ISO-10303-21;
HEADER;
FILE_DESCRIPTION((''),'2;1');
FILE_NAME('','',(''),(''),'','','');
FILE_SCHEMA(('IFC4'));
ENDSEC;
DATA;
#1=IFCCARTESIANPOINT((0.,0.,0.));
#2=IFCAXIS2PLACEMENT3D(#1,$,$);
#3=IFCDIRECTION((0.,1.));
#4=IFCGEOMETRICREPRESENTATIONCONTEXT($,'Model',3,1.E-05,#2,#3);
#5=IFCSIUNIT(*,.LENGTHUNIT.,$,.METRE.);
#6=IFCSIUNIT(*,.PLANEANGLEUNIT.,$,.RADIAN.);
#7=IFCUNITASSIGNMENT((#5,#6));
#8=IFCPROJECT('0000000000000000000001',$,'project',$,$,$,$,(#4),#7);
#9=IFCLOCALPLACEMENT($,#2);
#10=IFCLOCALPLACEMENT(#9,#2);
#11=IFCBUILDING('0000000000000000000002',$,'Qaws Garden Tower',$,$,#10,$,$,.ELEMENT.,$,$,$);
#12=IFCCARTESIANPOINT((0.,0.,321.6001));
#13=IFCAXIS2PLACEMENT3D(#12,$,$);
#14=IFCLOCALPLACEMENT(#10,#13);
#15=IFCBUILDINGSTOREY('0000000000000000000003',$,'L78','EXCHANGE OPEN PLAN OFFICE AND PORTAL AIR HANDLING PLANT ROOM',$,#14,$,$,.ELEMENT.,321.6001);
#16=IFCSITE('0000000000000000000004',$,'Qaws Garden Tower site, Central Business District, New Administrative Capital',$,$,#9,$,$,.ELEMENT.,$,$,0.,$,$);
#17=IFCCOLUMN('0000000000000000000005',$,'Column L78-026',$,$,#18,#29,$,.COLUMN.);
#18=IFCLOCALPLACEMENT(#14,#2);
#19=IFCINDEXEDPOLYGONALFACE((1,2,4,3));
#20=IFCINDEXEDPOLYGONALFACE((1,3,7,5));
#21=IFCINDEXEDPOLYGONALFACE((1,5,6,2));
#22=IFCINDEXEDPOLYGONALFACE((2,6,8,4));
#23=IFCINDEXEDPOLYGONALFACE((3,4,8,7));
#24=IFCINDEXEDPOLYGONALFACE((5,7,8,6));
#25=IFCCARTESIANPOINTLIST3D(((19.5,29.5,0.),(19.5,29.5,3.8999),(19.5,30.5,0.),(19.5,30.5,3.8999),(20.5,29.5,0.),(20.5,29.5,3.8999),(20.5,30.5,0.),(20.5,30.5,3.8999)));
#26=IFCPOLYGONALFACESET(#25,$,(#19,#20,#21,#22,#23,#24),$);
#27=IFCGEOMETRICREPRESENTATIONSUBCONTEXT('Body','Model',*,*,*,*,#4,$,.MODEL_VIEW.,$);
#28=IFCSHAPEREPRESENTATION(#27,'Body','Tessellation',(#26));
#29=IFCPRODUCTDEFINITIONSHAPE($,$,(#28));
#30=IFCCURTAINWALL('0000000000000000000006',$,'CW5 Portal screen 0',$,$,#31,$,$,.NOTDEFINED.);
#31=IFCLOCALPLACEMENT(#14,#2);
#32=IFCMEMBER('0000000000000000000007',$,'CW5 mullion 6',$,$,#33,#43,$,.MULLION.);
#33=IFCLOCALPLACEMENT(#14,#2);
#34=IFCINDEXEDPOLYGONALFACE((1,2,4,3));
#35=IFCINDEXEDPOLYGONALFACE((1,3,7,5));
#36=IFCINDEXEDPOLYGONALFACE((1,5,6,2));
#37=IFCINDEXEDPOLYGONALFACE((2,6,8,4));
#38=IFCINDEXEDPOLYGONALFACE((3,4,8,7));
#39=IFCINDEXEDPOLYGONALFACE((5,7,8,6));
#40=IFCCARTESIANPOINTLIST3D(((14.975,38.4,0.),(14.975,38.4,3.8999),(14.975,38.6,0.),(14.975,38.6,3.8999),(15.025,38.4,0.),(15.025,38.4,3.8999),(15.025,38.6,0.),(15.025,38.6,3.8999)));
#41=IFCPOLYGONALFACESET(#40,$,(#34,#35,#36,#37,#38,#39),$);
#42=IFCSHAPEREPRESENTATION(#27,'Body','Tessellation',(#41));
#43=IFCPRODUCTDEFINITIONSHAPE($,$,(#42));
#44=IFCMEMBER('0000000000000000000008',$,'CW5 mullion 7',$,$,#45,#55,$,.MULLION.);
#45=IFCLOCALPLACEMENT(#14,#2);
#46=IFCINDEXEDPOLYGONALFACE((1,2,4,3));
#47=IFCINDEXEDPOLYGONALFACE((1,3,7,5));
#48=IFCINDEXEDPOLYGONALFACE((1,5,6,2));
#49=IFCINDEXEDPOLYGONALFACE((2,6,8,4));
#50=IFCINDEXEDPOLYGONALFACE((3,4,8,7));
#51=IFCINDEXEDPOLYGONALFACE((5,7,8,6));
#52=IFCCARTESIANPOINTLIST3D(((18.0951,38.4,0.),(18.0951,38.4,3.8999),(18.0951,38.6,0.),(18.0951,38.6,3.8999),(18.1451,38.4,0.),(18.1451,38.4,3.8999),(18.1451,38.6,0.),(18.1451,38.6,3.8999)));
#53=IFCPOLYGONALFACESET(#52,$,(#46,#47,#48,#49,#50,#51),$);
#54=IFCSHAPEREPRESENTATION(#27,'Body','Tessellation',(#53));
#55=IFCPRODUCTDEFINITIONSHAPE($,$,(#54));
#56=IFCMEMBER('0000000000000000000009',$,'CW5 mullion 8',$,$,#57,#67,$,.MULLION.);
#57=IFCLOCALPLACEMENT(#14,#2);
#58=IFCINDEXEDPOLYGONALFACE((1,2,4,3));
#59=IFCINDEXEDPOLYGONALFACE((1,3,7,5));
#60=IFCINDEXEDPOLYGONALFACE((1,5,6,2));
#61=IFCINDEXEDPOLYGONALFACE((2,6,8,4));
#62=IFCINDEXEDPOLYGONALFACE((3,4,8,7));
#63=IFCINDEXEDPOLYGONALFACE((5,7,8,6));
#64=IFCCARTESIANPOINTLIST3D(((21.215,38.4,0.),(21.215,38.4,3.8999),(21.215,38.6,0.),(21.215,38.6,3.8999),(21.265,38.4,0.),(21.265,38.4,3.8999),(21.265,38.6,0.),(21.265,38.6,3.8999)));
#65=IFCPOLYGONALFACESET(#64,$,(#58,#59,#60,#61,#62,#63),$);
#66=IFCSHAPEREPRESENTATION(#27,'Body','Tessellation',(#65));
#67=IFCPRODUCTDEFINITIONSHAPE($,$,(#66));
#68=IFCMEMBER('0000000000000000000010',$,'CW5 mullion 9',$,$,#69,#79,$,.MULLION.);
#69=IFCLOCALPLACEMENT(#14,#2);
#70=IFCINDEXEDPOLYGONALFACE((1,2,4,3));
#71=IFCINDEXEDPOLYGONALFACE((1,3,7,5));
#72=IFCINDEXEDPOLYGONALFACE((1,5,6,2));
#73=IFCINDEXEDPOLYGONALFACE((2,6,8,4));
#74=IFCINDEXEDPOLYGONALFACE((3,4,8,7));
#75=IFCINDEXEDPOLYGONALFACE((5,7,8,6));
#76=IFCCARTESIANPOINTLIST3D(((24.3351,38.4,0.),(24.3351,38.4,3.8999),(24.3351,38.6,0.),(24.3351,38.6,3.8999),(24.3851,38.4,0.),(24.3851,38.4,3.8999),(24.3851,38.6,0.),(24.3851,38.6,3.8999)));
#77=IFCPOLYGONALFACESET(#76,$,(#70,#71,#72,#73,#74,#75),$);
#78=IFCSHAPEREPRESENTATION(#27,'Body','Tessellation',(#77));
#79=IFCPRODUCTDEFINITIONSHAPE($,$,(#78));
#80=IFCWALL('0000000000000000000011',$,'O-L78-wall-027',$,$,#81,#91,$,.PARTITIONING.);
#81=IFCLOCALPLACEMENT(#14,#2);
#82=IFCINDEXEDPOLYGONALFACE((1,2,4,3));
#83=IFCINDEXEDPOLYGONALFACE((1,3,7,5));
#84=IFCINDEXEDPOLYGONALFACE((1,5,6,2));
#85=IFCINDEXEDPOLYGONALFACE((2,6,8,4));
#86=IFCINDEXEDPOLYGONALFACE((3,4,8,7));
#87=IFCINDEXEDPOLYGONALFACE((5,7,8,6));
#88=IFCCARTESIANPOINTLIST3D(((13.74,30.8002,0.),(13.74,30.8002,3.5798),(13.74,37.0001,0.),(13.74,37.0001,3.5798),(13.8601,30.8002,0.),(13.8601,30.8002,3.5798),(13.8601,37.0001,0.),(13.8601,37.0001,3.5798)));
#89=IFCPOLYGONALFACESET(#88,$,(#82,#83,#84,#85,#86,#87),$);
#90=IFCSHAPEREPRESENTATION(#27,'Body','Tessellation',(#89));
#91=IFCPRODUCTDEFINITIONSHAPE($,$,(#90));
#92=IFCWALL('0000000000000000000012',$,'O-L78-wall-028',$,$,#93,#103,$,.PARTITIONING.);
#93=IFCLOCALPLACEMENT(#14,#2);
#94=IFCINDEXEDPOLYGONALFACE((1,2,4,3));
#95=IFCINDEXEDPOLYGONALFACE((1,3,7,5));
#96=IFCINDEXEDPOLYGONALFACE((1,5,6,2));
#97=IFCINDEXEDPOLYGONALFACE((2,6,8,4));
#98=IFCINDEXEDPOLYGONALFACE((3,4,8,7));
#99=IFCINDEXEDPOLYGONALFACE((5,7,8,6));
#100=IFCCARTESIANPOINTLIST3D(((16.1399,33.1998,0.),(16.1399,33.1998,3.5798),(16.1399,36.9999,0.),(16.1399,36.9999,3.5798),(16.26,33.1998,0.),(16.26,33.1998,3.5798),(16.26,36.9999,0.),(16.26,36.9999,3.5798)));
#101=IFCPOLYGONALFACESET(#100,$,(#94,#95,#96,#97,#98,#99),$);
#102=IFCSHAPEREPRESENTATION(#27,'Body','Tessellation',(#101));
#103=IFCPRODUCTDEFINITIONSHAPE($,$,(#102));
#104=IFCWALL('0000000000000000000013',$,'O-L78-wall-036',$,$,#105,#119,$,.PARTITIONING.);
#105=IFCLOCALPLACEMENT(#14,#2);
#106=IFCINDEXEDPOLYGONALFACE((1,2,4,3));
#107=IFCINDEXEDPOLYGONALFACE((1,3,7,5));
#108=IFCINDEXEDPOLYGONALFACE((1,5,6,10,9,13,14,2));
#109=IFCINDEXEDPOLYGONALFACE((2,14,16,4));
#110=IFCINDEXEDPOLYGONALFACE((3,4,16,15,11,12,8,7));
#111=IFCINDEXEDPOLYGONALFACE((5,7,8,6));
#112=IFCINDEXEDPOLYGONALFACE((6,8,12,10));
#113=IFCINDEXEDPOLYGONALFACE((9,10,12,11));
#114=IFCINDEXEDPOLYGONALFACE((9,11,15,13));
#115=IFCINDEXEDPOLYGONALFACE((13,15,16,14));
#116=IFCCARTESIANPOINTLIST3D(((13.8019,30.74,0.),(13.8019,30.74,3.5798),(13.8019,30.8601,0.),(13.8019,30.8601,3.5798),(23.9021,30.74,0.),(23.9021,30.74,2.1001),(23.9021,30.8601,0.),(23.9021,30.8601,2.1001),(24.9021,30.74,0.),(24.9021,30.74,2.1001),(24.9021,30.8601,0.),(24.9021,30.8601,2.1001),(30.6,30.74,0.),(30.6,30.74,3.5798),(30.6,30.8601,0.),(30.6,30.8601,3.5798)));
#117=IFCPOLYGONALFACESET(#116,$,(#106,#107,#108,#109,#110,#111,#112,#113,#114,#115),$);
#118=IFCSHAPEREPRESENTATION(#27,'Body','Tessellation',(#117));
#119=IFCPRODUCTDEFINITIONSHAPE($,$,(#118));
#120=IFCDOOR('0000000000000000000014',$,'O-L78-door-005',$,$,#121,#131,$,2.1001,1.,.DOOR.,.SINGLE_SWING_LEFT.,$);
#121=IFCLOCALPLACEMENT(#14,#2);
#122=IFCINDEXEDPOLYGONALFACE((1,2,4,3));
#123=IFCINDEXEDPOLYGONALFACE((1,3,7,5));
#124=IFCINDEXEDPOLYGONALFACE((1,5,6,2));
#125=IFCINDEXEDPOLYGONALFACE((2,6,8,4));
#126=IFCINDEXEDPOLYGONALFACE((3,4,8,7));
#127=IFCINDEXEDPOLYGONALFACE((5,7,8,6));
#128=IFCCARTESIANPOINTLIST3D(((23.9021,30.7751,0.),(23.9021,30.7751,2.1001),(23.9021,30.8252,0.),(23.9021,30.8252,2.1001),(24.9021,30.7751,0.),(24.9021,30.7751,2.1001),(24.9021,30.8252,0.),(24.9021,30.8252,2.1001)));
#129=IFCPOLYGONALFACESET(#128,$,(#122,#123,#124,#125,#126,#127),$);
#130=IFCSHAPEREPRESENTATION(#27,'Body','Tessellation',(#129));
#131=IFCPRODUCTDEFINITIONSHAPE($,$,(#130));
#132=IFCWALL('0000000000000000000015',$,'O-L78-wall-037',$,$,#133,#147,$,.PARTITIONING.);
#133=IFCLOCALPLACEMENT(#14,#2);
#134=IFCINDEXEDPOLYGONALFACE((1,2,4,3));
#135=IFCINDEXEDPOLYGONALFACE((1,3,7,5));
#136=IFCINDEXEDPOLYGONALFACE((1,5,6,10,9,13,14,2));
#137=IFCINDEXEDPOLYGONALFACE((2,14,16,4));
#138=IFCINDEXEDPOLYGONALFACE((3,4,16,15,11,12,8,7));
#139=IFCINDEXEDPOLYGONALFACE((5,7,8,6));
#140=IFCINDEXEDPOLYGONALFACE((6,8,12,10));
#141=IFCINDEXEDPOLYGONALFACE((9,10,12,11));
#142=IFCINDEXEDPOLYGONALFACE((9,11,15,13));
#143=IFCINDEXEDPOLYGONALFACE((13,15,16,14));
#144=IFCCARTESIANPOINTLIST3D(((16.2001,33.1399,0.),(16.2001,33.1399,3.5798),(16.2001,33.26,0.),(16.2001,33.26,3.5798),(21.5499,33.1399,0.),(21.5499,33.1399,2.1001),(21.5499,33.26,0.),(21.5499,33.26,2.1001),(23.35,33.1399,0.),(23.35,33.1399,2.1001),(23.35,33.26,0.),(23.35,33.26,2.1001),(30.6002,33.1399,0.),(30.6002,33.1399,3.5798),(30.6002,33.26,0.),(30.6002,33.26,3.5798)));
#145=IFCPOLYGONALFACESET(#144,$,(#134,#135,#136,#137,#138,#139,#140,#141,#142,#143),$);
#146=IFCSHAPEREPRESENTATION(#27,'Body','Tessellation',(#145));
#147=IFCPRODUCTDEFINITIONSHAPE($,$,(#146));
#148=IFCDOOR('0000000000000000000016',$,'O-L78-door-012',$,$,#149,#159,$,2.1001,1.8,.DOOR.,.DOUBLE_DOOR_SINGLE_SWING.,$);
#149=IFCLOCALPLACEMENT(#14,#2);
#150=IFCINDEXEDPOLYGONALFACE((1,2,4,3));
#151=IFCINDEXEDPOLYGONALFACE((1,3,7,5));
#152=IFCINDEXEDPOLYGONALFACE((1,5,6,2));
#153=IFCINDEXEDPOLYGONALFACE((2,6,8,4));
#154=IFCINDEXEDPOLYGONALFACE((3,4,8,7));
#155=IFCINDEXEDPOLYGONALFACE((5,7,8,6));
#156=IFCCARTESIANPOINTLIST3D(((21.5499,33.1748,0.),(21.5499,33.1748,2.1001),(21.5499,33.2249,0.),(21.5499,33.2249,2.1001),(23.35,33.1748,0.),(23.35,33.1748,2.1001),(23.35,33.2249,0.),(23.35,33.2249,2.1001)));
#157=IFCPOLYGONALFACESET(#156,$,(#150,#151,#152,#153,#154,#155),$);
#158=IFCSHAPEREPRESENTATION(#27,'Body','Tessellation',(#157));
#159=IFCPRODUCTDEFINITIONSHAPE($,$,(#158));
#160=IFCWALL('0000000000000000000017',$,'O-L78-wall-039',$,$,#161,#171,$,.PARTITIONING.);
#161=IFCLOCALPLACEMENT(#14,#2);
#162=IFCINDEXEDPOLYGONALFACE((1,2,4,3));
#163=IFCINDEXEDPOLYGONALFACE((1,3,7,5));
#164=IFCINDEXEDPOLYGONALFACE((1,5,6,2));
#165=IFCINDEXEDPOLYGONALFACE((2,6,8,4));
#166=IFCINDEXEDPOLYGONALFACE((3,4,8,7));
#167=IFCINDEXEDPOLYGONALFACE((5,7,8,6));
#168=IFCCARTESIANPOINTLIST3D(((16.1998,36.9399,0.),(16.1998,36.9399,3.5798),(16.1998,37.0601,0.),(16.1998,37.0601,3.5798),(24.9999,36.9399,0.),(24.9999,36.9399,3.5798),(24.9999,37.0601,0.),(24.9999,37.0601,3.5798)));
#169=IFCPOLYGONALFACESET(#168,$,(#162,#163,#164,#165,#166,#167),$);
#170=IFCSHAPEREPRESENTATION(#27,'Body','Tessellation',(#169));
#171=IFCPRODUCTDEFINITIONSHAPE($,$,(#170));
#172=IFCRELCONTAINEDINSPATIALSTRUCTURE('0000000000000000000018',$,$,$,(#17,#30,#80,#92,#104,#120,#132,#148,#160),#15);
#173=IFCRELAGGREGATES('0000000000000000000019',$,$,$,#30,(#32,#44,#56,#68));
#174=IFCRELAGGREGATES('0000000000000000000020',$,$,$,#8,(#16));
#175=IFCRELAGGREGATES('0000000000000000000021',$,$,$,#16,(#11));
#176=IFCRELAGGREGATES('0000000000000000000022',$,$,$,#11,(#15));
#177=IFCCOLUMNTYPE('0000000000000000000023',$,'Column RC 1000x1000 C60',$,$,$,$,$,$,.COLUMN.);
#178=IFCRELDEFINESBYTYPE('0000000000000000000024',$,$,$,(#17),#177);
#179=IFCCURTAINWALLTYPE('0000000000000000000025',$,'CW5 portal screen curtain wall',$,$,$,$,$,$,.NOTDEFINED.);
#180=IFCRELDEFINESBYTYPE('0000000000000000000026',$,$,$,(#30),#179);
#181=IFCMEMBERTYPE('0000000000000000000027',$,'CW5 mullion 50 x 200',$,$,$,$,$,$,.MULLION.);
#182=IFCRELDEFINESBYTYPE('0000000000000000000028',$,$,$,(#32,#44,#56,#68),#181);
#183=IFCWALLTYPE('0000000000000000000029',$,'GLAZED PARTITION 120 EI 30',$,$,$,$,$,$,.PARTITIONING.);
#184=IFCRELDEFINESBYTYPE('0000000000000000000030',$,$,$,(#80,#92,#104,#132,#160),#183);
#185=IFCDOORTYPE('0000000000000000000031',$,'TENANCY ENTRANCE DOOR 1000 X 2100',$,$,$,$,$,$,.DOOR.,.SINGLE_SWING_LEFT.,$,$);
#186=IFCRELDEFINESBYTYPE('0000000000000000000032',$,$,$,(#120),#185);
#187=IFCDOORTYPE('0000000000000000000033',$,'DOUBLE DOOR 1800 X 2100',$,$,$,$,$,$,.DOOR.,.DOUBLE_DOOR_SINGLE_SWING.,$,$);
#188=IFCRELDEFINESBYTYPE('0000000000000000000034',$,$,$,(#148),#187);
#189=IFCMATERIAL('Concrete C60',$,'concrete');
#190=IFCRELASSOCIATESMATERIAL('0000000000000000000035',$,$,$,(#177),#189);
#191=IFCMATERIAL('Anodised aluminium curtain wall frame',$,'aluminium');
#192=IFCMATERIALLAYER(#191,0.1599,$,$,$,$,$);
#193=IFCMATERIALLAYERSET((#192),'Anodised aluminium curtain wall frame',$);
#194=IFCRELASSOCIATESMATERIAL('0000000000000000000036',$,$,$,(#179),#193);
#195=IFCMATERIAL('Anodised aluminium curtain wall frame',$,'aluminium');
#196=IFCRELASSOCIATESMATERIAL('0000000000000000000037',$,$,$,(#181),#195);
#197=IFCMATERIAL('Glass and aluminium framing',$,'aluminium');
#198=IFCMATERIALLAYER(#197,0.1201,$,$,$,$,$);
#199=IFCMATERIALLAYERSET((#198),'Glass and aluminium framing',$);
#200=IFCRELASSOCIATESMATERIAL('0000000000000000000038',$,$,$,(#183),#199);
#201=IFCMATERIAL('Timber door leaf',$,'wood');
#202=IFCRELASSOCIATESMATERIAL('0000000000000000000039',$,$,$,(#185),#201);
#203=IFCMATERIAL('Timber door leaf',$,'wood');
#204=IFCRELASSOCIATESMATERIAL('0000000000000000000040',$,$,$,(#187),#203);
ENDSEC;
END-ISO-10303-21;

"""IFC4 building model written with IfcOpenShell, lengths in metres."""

from ifc_helpers import new_model, si_unit, direction, frame, frame_2d, origin, origin_2d, place, context, subcontext, project, spatial, rectangle, extrude, material, layer, layer_set, material_profile, profile_set, type_object, element, fill, aggregate, save


model = new_model("IFC4")

# Units and contexts
model_context = context("Model", 3, precision=1e-05, world=origin(), true_north=direction((0.0, 1.0)))
body_context = subcontext(model_context, "Body", "Model", "MODEL_VIEW")
ifc_project = project(units=[si_unit("LENGTHUNIT", "METRE"), si_unit("PLANEANGLEUNIT", "RADIAN")], contexts=[model_context])

# Site, building, storey
site_placement = place(None, origin())
site = spatial("IfcSite", under=ifc_project, at=site_placement, Name="Qaws Garden Tower site, Central Business District, New Administrative Capital", CompositionType="ELEMENT", RefElevation=0.0)
building_placement = place(site_placement, origin())
building = spatial("IfcBuilding", under=site, at=building_placement, Name="Qaws Garden Tower", CompositionType="ELEMENT")
storey_placement = place(building_placement, frame((0.0, 0.0, 321.6001)))
storey = spatial("IfcBuildingStorey", under=building, at=storey_placement, Name="L78", Description="EXCHANGE OPEN PLAN OFFICE AND PORTAL AIR HANDLING PLANT ROOM", CompositionType="ELEMENT", Elevation=321.6001)

# Column
ifc_material_1 = material(Name="Concrete C60", Category="concrete")
ifc_material_profile_1 = material_profile(ifc_material_1, rectangle(XDim=1.0, YDim=1.0, at=origin_2d()), Name="RC 1000x1000")
ifc_profile_set_1 = profile_set([ifc_material_profile_1], Name="Concrete C60")
column_type = type_object("IfcColumnType", Name="Column RC 1000x1000 C60", PredefinedType="COLUMN", material=ifc_profile_set_1)
column_placement = place(storey_placement, frame((20.0, 30.0, 0.0), z_axis=(0.0, 0.0, 1.0), x_axis=(1.0, 0.0, 0.0)))
element("IfcColumn", 1, at=column_placement, inside=storey, type_object=column_type, Name="Column L78-026", PredefinedType="COLUMN", context=body_context, shape_type="SweptSolid", body=[
    extrude(rectangle(XDim=1.0, YDim=1.0, at=origin_2d()), origin(), (0.0, 0.0, 1.0), 3.8999),
])

# Curtain wall, members
ifc_material_2 = material(Name="Anodised aluminium curtain wall frame", Category="aluminium")
ifc_layer_1 = layer(ifc_material_2, 0.1599)
ifc_layer_set_1 = layer_set([ifc_layer_1], Name="Anodised aluminium curtain wall frame")
curtain_wall_type = type_object("IfcCurtainWallType", Name="CW5 portal screen curtain wall", PredefinedType="NOTDEFINED", material=ifc_layer_set_1)
curtain_wall_placement = place(storey_placement, origin())
curtain_wall = element("IfcCurtainWall", 2, at=curtain_wall_placement, inside=storey, type_object=curtain_wall_type, Name="CW5 Portal screen 0", PredefinedType="NOTDEFINED")
ifc_material_3 = material(Name="Anodised aluminium curtain wall frame", Category="aluminium")
ifc_material_profile_2 = material_profile(ifc_material_3, rectangle(XDim=0.2, YDim=0.05, at=origin_2d()), Name="AL 50x200")
ifc_profile_set_2 = profile_set([ifc_material_profile_2], Name="Anodised aluminium curtain wall frame")
member_type = type_object("IfcMemberType", Name="CW5 mullion 50 x 200", PredefinedType="MULLION", material=ifc_profile_set_2)
member_1_placement = place(storey_placement, frame((15.0, 38.5, 0.0), z_axis=(0.0, 0.0, 1.0), x_axis=(0.0, 1.0, 0.0)))
member_1 = element("IfcMember", 3, at=member_1_placement, type_object=member_type, Name="CW5 mullion 6", PredefinedType="MULLION", context=body_context, shape_type="SweptSolid", body=[
    extrude(rectangle(XDim=0.2, YDim=0.05, at=origin_2d()), origin(), (0.0, 0.0, 1.0), 3.8999),
])
member_2_placement = place(storey_placement, frame((18.1201, 38.5, 0.0), z_axis=(0.0, 0.0, 1.0), x_axis=(0.0, 1.0, 0.0)))
member_2 = element("IfcMember", 4, at=member_2_placement, type_object=member_type, Name="CW5 mullion 7", PredefinedType="MULLION", context=body_context, shape_type="SweptSolid", body=[
    extrude(rectangle(XDim=0.2, YDim=0.05, at=origin_2d()), origin(), (0.0, 0.0, 1.0), 3.8999),
])
member_3_placement = place(storey_placement, frame((21.24, 38.5, 0.0), z_axis=(0.0, 0.0, 1.0), x_axis=(0.0, 1.0, 0.0)))
member_3 = element("IfcMember", 5, at=member_3_placement, type_object=member_type, Name="CW5 mullion 8", PredefinedType="MULLION", context=body_context, shape_type="SweptSolid", body=[
    extrude(rectangle(XDim=0.2, YDim=0.05, at=origin_2d()), origin(), (0.0, 0.0, 1.0), 3.8999),
])
member_4_placement = place(storey_placement, frame((24.3601, 38.5, 0.0), z_axis=(0.0, 0.0, 1.0), x_axis=(0.0, 1.0, 0.0)))
member_4 = element("IfcMember", 6, at=member_4_placement, type_object=member_type, Name="CW5 mullion 9", PredefinedType="MULLION", context=body_context, shape_type="SweptSolid", body=[
    extrude(rectangle(XDim=0.2, YDim=0.05, at=origin_2d()), origin(), (0.0, 0.0, 1.0), 3.8999),
])
aggregate(curtain_wall, [member_1, member_2, member_3, member_4])

# Walls
ifc_material_4 = material(Name="Glass and aluminium framing", Category="aluminium")
ifc_layer_2 = layer(ifc_material_4, 0.1201)
ifc_layer_set_2 = layer_set([ifc_layer_2], Name="Glass and aluminium framing")
wall_type_1 = type_object("IfcWallType", Name="GLAZED PARTITION 120 EI 30", PredefinedType="PARTITIONING", material=ifc_layer_set_2)
wall_1_placement = place(storey_placement, frame((13.8, 30.8, 0.0), z_axis=(0.0, 0.0, 1.0), x_axis=(0.0, 1.0, 0.0)))
element("IfcWall", 7, at=wall_1_placement, inside=storey, type_object=wall_type_1, Name="O-L78-wall-027", PredefinedType="PARTITIONING", context=body_context, shape_type="SweptSolid", body=[
    extrude(rectangle(XDim=6.2, YDim=0.1201, at=frame_2d((3.1001, 0.0))), origin(), (0.0, 0.0, 1.0), 3.5798),
])
wall_2_placement = place(storey_placement, frame((16.2, 33.2, 0.0), z_axis=(0.0, 0.0, 1.0), x_axis=(0.0, 1.0, 0.0)))
element("IfcWall", 8, at=wall_2_placement, inside=storey, type_object=wall_type_1, Name="O-L78-wall-028", PredefinedType="PARTITIONING", context=body_context, shape_type="SweptSolid", body=[
    extrude(rectangle(XDim=3.8, YDim=0.1201, at=frame_2d((1.8999, 0.0))), origin(), (0.0, 0.0, 1.0), 3.5798),
])

# Walls, openings, doors
wall_3_placement = place(storey_placement, frame((13.802, 30.8, 0.0), z_axis=(0.0, 0.0, 1.0), x_axis=(1.0, 0.0, 0.0)))
wall_3 = element("IfcWall", 9, at=wall_3_placement, inside=storey, type_object=wall_type_1, Name="O-L78-wall-036", PredefinedType="PARTITIONING", context=body_context, shape_type="SweptSolid", body=[
    extrude(rectangle(XDim=16.7981, YDim=0.1201, at=frame_2d((8.3989, 0.0))), origin(), (0.0, 0.0, 1.0), 3.5798),
])
opening_1_placement = place(wall_3_placement, frame((10.1001, 0.0, 0.0)))
opening_1 = element("IfcOpeningElement", 10, at=opening_1_placement, cuts=wall_3, PredefinedType="OPENING", context=body_context, shape_type="SweptSolid", body=[
    extrude(rectangle(XDim=1.0, YDim=2.1001, at=frame_2d((0.5, 1.05))), frame((0.0, 0.0701, 0.0), z_axis=(0.0, -1.0, 0.0), x_axis=(1.0, 0.0, 0.0)), (0.0, 0.0, 1.0), 0.1401),
])
ifc_material_5 = material(Name="Timber door leaf", Category="wood")
door_type_1 = type_object("IfcDoorType", Name="TENANCY ENTRANCE DOOR 1000 X 2100", OperationType="SINGLE_SWING_LEFT", PredefinedType="DOOR", material=ifc_material_5)
door_1_placement = place(opening_1_placement, frame((1.0, 0.0, 0.0), z_axis=(0.0, 0.0, 1.0), x_axis=(-1.0, 0.0, 0.0)))
door_1 = element("IfcDoor", 11, at=door_1_placement, inside=storey, type_object=door_type_1, Name="O-L78-door-005", OperationType="SINGLE_SWING_LEFT", OverallHeight=2.1001, OverallWidth=1.0, PredefinedType="DOOR", context=body_context, shape_type="SweptSolid", body=[
    extrude(rectangle(XDim=1.0, YDim=2.1001, at=frame_2d((0.5, 1.05))), frame((0.0, 0.0249, 0.0), z_axis=(0.0, -1.0, 0.0), x_axis=(1.0, 0.0, 0.0)), (0.0, 0.0, 1.0), 0.05),
])
fill(opening_1, door_1)
wall_4_placement = place(storey_placement, frame((16.2, 33.2, 0.0), z_axis=(0.0, 0.0, 1.0), x_axis=(1.0, 0.0, 0.0)))
wall_4 = element("IfcWall", 12, at=wall_4_placement, inside=storey, type_object=wall_type_1, Name="O-L78-wall-037", PredefinedType="PARTITIONING", context=body_context, shape_type="SweptSolid", body=[
    extrude(rectangle(XDim=14.4001, YDim=0.1201, at=frame_2d((7.2002, 0.0))), origin(), (0.0, 0.0, 1.0), 3.5798),
])
opening_2_placement = place(wall_4_placement, frame((5.3501, 0.0, 0.0)))
opening_2 = element("IfcOpeningElement", 13, at=opening_2_placement, cuts=wall_4, PredefinedType="OPENING", context=body_context, shape_type="SweptSolid", body=[
    extrude(rectangle(XDim=1.8, YDim=2.1001, at=frame_2d((0.8999, 1.05))), frame((0.0, 0.0701, 0.0), z_axis=(0.0, -1.0, 0.0), x_axis=(1.0, 0.0, 0.0)), (0.0, 0.0, 1.0), 0.1401),
])
ifc_material_6 = material(Name="Timber door leaf", Category="wood")
door_type_2 = type_object("IfcDoorType", Name="DOUBLE DOOR 1800 X 2100", OperationType="DOUBLE_DOOR_SINGLE_SWING", PredefinedType="DOOR", material=ifc_material_6)
door_2_placement = place(opening_2_placement, origin())
door_2 = element("IfcDoor", 14, at=door_2_placement, inside=storey, type_object=door_type_2, Name="O-L78-door-012", OperationType="DOUBLE_DOOR_SINGLE_SWING", OverallHeight=2.1001, OverallWidth=1.8, PredefinedType="DOOR", context=body_context, shape_type="SweptSolid", body=[
    extrude(rectangle(XDim=1.8, YDim=2.1001, at=frame_2d((0.8999, 1.05))), frame((0.0, 0.0249, 0.0), z_axis=(0.0, -1.0, 0.0), x_axis=(1.0, 0.0, 0.0)), (0.0, 0.0, 1.0), 0.05),
])
fill(opening_2, door_2)

# Wall
wall_5_placement = place(storey_placement, frame((16.2, 37.0, 0.0), z_axis=(0.0, 0.0, 1.0), x_axis=(1.0, 0.0, 0.0)))
element("IfcWall", 15, at=wall_5_placement, inside=storey, type_object=wall_type_1, Name="O-L78-wall-039", PredefinedType="PARTITIONING", context=body_context, shape_type="SweptSolid", body=[
    extrude(rectangle(XDim=8.8, YDim=0.1201, at=frame_2d((4.3999, 0.0))), origin(), (0.0, 0.0, 1.0), 3.5798),
])

save(model, "model.ifc")
